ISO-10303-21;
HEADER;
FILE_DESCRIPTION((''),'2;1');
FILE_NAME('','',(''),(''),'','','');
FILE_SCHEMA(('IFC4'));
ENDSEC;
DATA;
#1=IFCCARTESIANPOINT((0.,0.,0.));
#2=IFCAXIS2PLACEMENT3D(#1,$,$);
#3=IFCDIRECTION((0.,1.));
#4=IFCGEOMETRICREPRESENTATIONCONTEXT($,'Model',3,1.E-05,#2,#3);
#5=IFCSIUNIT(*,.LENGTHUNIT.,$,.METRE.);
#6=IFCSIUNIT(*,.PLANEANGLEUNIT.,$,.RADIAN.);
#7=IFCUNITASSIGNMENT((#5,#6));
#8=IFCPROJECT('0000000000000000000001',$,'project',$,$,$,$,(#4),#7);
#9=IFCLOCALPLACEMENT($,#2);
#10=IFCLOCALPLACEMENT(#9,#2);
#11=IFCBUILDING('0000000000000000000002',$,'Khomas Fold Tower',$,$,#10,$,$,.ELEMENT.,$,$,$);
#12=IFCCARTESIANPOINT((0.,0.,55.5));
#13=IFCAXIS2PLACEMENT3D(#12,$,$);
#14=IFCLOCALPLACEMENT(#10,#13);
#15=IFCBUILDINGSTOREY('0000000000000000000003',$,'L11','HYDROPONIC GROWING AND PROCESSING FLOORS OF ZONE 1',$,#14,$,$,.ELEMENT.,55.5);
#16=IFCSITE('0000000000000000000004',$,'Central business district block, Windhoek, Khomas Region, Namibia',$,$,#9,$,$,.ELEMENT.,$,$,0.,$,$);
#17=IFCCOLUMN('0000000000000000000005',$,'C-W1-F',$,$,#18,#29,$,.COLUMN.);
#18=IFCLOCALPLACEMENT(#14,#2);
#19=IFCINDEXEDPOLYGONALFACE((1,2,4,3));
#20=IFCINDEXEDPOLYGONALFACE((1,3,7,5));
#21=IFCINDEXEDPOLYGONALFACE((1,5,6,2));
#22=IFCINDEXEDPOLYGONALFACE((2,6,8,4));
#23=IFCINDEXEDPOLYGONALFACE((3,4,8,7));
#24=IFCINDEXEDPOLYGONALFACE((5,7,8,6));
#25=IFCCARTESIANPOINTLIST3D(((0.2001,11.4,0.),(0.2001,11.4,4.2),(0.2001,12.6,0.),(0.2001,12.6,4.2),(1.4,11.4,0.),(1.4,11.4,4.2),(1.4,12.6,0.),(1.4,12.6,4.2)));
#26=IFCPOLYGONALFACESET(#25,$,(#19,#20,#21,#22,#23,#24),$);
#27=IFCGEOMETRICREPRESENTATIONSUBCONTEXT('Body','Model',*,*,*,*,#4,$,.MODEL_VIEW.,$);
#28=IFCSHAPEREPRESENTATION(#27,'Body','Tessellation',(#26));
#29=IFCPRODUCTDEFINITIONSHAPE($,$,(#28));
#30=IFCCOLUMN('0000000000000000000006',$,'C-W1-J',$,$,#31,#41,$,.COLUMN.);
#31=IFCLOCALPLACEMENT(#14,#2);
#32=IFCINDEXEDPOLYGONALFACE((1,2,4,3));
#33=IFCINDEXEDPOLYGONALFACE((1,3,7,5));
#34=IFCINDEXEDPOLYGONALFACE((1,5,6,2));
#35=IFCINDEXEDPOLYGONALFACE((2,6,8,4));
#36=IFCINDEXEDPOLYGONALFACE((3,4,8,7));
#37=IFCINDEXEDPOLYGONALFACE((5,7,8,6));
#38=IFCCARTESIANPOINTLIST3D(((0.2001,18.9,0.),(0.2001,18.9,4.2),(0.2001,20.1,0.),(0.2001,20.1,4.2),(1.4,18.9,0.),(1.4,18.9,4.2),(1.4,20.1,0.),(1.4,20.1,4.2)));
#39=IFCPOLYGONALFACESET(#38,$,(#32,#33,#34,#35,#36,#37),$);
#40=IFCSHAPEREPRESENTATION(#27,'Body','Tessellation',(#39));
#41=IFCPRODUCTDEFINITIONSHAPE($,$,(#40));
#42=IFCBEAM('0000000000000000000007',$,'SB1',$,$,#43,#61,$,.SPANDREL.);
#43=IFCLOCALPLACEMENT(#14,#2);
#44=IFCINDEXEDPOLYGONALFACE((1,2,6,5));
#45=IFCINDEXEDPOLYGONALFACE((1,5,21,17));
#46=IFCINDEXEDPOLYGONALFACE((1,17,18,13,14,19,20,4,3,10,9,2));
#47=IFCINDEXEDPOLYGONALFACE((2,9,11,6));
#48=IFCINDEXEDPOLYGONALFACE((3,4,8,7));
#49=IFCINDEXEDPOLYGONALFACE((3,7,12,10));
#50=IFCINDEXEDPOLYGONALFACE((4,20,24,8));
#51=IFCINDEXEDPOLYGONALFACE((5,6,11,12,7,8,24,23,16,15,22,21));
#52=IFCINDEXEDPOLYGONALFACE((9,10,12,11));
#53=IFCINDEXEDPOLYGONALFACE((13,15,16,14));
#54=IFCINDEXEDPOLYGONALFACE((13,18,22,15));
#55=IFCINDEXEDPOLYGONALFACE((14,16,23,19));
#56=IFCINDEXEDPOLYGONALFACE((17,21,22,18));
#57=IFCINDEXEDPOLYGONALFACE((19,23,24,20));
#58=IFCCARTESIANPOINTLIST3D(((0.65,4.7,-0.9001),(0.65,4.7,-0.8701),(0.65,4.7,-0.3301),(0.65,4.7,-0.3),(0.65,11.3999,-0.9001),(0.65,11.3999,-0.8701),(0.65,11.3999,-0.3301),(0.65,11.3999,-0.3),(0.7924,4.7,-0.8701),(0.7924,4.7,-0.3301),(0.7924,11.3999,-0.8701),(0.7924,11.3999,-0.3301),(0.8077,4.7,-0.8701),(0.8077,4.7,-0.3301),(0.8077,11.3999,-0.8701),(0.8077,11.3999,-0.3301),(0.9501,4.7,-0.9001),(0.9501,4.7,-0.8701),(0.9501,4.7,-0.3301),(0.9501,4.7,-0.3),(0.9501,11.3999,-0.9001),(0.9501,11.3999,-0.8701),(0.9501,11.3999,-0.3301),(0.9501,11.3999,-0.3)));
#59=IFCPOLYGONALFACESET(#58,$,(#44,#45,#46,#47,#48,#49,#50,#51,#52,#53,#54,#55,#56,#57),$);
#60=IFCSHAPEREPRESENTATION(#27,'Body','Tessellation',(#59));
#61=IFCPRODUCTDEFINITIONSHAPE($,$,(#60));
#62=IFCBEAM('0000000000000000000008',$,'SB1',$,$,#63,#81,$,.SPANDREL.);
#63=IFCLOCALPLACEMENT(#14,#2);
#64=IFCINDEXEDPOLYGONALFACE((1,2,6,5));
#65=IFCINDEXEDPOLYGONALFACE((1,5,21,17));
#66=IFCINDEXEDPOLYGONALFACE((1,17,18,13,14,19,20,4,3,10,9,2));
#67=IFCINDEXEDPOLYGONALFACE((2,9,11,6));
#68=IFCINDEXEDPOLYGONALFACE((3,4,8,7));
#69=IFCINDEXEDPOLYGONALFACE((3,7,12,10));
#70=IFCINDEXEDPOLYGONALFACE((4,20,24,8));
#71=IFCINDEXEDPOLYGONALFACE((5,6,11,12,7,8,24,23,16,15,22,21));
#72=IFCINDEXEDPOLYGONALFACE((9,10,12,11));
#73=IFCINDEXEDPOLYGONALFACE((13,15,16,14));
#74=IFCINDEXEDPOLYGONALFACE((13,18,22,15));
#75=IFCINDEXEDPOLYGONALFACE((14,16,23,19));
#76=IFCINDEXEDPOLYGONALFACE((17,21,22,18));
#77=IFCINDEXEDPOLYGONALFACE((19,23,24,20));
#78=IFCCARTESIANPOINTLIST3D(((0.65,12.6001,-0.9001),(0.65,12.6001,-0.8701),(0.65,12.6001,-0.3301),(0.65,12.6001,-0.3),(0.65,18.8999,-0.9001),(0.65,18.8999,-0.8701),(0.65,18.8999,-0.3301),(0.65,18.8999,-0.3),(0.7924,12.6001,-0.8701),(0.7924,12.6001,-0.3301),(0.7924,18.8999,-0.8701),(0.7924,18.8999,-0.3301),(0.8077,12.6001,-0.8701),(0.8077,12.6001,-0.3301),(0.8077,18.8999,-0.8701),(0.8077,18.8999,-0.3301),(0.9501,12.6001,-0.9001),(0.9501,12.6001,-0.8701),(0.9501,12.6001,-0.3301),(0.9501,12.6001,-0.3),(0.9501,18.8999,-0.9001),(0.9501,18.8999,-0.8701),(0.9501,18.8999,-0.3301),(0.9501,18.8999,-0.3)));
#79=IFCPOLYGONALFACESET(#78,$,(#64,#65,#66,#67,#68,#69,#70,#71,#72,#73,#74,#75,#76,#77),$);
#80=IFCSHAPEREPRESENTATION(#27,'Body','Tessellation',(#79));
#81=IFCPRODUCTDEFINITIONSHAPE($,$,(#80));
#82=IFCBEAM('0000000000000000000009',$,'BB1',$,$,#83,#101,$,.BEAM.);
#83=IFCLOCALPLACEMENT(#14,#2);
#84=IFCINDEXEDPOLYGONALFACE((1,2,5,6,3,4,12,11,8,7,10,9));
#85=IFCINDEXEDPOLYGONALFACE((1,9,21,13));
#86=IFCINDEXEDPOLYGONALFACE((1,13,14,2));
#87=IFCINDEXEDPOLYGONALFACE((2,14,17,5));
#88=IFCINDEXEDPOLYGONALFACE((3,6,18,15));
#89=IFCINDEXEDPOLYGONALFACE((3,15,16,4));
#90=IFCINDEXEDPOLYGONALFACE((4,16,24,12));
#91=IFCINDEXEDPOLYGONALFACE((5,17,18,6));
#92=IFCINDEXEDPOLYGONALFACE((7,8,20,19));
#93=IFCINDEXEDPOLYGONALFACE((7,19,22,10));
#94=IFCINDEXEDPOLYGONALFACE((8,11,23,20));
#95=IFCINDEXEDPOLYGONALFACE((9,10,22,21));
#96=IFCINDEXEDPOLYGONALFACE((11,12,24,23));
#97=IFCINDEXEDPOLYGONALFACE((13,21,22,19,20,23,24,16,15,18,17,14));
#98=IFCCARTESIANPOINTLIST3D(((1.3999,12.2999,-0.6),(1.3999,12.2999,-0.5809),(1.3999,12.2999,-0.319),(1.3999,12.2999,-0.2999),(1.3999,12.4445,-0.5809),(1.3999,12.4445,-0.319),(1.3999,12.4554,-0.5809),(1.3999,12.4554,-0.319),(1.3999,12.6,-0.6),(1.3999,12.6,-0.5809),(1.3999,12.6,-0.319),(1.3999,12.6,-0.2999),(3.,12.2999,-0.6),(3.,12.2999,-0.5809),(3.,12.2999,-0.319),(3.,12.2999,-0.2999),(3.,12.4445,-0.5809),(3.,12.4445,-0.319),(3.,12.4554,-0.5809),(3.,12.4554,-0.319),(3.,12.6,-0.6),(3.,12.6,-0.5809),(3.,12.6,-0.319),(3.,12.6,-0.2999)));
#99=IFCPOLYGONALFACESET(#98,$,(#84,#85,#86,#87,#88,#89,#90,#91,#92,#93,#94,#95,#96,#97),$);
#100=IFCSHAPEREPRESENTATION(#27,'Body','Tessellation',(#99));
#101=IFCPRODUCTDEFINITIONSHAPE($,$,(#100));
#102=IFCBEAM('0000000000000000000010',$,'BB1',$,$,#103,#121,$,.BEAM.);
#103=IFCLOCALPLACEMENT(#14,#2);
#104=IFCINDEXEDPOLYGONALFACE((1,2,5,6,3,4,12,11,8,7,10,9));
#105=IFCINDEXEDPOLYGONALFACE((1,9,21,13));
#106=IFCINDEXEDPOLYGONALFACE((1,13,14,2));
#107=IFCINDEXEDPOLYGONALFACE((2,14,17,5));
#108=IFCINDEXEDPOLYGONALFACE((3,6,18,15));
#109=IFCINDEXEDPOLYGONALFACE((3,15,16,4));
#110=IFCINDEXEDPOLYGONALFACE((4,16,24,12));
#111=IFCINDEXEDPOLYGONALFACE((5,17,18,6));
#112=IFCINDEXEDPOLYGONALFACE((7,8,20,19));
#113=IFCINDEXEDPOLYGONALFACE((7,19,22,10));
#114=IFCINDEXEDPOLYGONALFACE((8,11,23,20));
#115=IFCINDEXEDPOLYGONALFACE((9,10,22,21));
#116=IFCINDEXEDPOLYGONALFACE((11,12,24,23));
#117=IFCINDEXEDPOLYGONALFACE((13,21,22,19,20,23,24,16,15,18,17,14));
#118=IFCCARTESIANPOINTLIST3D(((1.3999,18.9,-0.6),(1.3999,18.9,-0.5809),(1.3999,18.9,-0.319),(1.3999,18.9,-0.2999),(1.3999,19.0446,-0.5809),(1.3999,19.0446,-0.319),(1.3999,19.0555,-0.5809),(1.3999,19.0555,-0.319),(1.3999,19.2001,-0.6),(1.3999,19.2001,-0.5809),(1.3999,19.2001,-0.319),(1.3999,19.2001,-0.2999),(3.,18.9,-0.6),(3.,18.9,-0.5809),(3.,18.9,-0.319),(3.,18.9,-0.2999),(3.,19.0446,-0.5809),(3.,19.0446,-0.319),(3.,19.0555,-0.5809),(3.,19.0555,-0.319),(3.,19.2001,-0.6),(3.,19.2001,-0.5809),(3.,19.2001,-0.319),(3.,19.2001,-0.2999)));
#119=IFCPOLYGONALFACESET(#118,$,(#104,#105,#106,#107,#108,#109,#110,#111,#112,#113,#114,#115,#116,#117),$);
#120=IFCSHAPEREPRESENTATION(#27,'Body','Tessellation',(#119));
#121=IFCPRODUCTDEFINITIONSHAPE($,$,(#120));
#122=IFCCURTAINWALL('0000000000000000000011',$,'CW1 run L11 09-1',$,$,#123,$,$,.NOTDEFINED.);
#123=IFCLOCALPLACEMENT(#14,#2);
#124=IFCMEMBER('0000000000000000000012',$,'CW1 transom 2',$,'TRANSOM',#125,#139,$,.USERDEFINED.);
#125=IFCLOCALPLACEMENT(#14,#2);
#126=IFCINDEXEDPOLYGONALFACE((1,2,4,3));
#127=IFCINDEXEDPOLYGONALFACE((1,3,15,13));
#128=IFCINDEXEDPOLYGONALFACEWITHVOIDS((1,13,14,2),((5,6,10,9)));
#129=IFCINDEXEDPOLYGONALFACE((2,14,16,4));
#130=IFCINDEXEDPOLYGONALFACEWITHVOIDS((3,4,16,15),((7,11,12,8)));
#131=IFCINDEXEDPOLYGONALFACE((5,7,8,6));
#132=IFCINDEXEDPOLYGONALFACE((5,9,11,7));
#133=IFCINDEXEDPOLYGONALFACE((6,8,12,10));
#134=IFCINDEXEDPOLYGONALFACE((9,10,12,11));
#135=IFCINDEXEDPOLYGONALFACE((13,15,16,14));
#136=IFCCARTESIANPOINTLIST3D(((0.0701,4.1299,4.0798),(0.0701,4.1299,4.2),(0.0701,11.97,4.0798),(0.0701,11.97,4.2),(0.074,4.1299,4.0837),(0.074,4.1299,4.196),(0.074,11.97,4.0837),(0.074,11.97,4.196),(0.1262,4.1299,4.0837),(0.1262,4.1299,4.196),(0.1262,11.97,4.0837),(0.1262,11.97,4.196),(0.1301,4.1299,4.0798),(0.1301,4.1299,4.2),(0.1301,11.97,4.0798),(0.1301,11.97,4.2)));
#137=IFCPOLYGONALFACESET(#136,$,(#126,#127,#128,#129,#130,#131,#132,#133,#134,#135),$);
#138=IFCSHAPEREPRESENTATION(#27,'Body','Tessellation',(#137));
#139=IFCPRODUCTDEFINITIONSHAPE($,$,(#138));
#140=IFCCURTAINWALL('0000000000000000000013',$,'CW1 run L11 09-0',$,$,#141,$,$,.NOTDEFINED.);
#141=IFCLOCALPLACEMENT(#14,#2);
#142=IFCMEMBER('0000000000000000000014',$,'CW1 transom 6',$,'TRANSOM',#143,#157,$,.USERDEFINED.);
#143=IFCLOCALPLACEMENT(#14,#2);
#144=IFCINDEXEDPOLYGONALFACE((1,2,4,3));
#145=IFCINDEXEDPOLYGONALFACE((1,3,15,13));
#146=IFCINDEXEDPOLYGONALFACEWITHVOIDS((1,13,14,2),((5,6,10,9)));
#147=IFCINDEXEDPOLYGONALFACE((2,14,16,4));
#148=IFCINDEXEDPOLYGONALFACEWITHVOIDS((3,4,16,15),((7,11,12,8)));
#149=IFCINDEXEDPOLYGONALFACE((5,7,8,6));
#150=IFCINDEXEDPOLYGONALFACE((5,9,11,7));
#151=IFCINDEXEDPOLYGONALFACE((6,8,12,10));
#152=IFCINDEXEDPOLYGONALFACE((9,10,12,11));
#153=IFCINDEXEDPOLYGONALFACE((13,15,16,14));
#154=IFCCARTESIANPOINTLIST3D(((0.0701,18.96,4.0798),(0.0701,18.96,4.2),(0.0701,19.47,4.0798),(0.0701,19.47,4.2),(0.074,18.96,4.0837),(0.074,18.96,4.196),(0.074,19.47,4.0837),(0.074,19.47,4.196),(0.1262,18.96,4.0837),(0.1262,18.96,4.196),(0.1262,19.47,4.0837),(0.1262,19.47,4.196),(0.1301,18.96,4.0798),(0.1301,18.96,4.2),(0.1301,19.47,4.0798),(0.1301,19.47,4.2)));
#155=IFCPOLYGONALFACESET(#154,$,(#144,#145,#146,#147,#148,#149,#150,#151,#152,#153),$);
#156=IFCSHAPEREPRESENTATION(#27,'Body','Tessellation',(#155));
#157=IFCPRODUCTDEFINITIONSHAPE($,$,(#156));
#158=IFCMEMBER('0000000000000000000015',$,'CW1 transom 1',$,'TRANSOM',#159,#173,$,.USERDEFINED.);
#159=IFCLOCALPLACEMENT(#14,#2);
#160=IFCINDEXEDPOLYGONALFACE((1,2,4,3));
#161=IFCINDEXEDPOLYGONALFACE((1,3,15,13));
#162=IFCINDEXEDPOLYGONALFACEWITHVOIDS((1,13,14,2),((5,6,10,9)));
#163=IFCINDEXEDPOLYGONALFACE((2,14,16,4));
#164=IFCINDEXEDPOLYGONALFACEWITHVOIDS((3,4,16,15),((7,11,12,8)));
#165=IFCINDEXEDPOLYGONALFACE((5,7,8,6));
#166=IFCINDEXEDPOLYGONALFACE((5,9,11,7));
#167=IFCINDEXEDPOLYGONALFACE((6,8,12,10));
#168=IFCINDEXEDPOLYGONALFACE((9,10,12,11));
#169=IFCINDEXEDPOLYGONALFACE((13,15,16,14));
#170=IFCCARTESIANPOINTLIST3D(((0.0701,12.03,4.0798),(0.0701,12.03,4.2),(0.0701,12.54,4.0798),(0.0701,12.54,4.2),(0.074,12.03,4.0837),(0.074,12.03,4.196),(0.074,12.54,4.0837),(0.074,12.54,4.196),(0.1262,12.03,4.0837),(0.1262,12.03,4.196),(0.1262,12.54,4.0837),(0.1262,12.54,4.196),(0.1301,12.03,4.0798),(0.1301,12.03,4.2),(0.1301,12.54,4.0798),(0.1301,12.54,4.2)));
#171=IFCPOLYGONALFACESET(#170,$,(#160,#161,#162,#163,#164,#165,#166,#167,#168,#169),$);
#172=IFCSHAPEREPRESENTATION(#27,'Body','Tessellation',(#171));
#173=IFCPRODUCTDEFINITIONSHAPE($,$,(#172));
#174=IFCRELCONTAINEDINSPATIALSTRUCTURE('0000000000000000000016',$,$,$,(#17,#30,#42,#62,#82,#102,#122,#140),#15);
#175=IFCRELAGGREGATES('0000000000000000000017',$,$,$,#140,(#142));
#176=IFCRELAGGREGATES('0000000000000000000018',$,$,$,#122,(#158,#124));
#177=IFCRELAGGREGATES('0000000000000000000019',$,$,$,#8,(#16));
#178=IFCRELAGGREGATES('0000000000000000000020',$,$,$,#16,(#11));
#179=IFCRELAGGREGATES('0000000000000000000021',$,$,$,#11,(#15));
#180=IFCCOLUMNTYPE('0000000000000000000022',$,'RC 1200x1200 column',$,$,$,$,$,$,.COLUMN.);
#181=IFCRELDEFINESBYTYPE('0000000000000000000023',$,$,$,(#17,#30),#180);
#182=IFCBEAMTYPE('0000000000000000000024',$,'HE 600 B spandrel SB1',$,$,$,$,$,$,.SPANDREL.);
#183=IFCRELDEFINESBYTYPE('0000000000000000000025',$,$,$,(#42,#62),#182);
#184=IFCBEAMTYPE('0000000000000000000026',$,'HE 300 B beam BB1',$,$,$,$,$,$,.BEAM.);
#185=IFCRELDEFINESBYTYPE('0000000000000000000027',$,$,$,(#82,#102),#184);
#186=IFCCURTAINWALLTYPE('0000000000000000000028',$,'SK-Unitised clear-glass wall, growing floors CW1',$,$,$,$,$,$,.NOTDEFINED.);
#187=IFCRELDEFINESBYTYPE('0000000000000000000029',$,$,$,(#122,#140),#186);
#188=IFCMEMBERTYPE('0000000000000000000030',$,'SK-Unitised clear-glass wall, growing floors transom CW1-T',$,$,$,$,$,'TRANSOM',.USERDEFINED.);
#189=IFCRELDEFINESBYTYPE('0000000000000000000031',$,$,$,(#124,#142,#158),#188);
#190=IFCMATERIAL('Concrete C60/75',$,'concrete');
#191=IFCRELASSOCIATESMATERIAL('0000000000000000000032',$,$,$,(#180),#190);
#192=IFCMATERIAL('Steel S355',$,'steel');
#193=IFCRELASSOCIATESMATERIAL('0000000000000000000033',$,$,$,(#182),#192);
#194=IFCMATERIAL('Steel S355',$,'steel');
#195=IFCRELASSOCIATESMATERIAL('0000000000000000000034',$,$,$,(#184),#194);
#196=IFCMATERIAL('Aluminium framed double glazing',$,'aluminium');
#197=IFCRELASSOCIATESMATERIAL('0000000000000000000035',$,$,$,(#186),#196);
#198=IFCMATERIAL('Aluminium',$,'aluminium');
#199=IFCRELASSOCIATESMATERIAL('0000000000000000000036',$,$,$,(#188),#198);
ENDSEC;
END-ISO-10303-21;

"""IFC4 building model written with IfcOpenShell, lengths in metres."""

from ifc_helpers import new_model, si_unit, direction, frame, origin, origin_2d, place, context, subcontext, project, spatial, rectangle, hollow_rectangle, i_section, extrude, source, transform, mapped, material, material_profile, profile_set, type_object, element, aggregate, save


model = new_model("IFC4")

# Units and contexts
model_context = context("Model", 3, precision=1e-05, world=origin(), true_north=direction((0.0, 1.0)))
body_context = subcontext(model_context, "Body", "Model", "MODEL_VIEW")
ifc_project = project(units=[si_unit("LENGTHUNIT", "METRE"), si_unit("PLANEANGLEUNIT", "RADIAN")], contexts=[model_context])

# Site, building, storey
site_placement = place(None, origin())
site = spatial("IfcSite", under=ifc_project, at=site_placement, Name="Central business district block, Windhoek, Khomas Region, Namibia", CompositionType="ELEMENT", RefElevation=0.0)
building_placement = place(site_placement, origin())
building = spatial("IfcBuilding", under=site, at=building_placement, Name="Khomas Fold Tower", CompositionType="ELEMENT")
storey_placement = place(building_placement, frame((0.0, 0.0, 55.5)))
storey = spatial("IfcBuildingStorey", under=building, at=storey_placement, Name="L11", Description="HYDROPONIC GROWING AND PROCESSING FLOORS OF ZONE 1", CompositionType="ELEMENT", Elevation=55.5)

# Columns
ifc_material_1 = material(Name="Concrete C60/75", Category="concrete")
ifc_material_profile_1 = material_profile(ifc_material_1, rectangle(XDim=1.2, YDim=1.2, at=origin_2d()), Name="RC 1200x1200")
ifc_profile_set_1 = profile_set([ifc_material_profile_1], Name="Concrete C60/75")
column_type = type_object("IfcColumnType", Name="RC 1200x1200 column", PredefinedType="COLUMN", material=ifc_profile_set_1)
shared_shape_1 = source(origin(), body_context, "Body", "SweptSolid", [
    extrude(rectangle(XDim=1.2, YDim=1.2, at=origin_2d()), origin(), (0.0, 0.0, 1.0), 4.2),
])
for number, where, z_axis, x_axis, name in (
    (1, (0.8, 12.0, 0.0), (0.0, 0.0, 1.0), (1.0, 0.0, 0.0), "C-W1-F"),
    (2, (0.8, 19.5, 0.0), (0.0, 0.0, 1.0), (1.0, 0.0, 0.0), "C-W1-J"),
):
    element("IfcColumn", number, at=place(storey_placement, frame(where, z_axis=z_axis, x_axis=x_axis)), inside=storey, type_object=column_type, Name=name, PredefinedType="COLUMN", context=body_context, shape_type="MappedRepresentation", body=[
        mapped(shared_shape_1, transform((0.0, 0.0, 0.0))),
    ])

# Beams
ifc_material_2 = material(Name="Steel S355", Category="steel")
ifc_material_profile_2 = material_profile(ifc_material_2, i_section(OverallWidth=0.3, OverallDepth=0.6001, WebThickness=0.0154, FlangeThickness=0.03, at=origin_2d()), Name="HE 600 B")
ifc_profile_set_2 = profile_set([ifc_material_profile_2], Name="Steel S355")
beam_type_1 = type_object("IfcBeamType", Name="HE 600 B spandrel SB1", PredefinedType="SPANDREL", material=ifc_profile_set_2)
shared_shape_2 = source(origin(), body_context, "Body", "SweptSolid", [
    extrude(i_section(OverallWidth=0.3, OverallDepth=0.6001, WebThickness=0.0154, FlangeThickness=0.03, at=origin_2d()), origin(), (0.0, 0.0, 1.0), 6.7),
])
beam_1_placement = place(storey_placement, frame((0.8, 4.7, -0.6001), z_axis=(0.0, 1.0, 0.0), x_axis=(-1.0, 0.0, 0.0)))
element("IfcBeam", 3, at=beam_1_placement, inside=storey, type_object=beam_type_1, Name="SB1", PredefinedType="SPANDREL", context=body_context, shape_type="MappedRepresentation", body=[
    mapped(shared_shape_2, transform((0.0, 0.0, 0.0))),
])
shared_shape_3 = source(origin(), body_context, "Body", "SweptSolid", [
    extrude(i_section(OverallWidth=0.3, OverallDepth=0.6001, WebThickness=0.0154, FlangeThickness=0.03, at=origin_2d()), origin(), (0.0, 0.0, 1.0), 6.2998),
])
beam_2_placement = place(storey_placement, frame((0.8, 12.6001, -0.6001), z_axis=(0.0, 1.0, 0.0), x_axis=(-1.0, 0.0, 0.0)))
element("IfcBeam", 4, at=beam_2_placement, inside=storey, type_object=beam_type_1, Name="SB1", PredefinedType="SPANDREL", context=body_context, shape_type="MappedRepresentation", body=[
    mapped(shared_shape_3, transform((0.0, 0.0, 0.0))),
])
ifc_material_3 = material(Name="Steel S355", Category="steel")
ifc_material_profile_3 = material_profile(ifc_material_3, i_section(OverallWidth=0.3, OverallDepth=0.3, WebThickness=0.011, FlangeThickness=0.019, at=origin_2d()), Name="HE 300 B")
ifc_profile_set_3 = profile_set([ifc_material_profile_3], Name="Steel S355")
beam_type_2 = type_object("IfcBeamType", Name="HE 300 B beam BB1", PredefinedType="BEAM", material=ifc_profile_set_3)
shared_shape_4 = source(origin(), body_context, "Body", "SweptSolid", [
    extrude(i_section(OverallWidth=0.3, OverallDepth=0.3, WebThickness=0.011, FlangeThickness=0.019, at=origin_2d()), origin(), (0.0, 0.0, 1.0), 1.6001),
])
for number, where, z_axis, x_axis, name in (
    (5, (1.3999, 12.45, -0.45), (1.0, 0.0, 0.0), (0.0, 1.0, 0.0), "BB1"),
    (6, (1.3999, 19.05, -0.45), (1.0, 0.0, 0.0), (0.0, 1.0, 0.0), "BB1"),
):
    element("IfcBeam", number, at=place(storey_placement, frame(where, z_axis=z_axis, x_axis=x_axis)), inside=storey, type_object=beam_type_2, Name=name, PredefinedType="BEAM", context=body_context, shape_type="MappedRepresentation", body=[
        mapped(shared_shape_4, transform((0.0, 0.0, 0.0))),
    ])

# Curtain walls, members
ifc_material_4 = material(Name="Aluminium framed double glazing", Category="aluminium")
curtain_wall_type = type_object("IfcCurtainWallType", Name="SK-Unitised clear-glass wall, growing floors CW1", PredefinedType="NOTDEFINED", material=ifc_material_4)
curtain_wall_1_placement = place(storey_placement, origin())
curtain_wall_1 = element("IfcCurtainWall", 7, at=curtain_wall_1_placement, inside=storey, type_object=curtain_wall_type, Name="CW1 run L11 09-1", PredefinedType="NOTDEFINED")
ifc_material_5 = material(Name="Aluminium", Category="aluminium")
ifc_material_profile_4 = material_profile(ifc_material_5, hollow_rectangle(XDim=0.0601, YDim=0.1201, WallThickness=0.0039, at=origin_2d()), Name="SK-Unitised clear-glass wall, growing floors transom CW1-T")
ifc_profile_set_4 = profile_set([ifc_material_profile_4], Name="Aluminium")
member_type_1 = type_object("IfcMemberType", Name="SK-Unitised clear-glass wall, growing floors transom CW1-T", ElementType="TRANSOM", PredefinedType="USERDEFINED", material=ifc_profile_set_4)
shared_shape_5 = source(origin(), body_context, "Body", "SweptSolid", [
    extrude(hollow_rectangle(XDim=0.0601, YDim=0.1201, WallThickness=0.0039, at=origin_2d()), origin(), (0.0, 0.0, 1.0), 7.8401),
])
member_1_placement = place(storey_placement, frame((0.1001, 11.97, 4.1399), z_axis=(0.0, -1.0, 0.0), x_axis=(1.0, 0.0, 0.0)))
member_1 = element("IfcMember", 8, at=member_1_placement, type_object=member_type_1, Name="CW1 transom 2", ObjectType="TRANSOM", PredefinedType="USERDEFINED", context=body_context, shape_type="MappedRepresentation", body=[
    mapped(shared_shape_5, transform((0.0, 0.0, 0.0))),
])
curtain_wall_2_placement = place(storey_placement, origin())
curtain_wall_2 = element("IfcCurtainWall", 9, at=curtain_wall_2_placement, inside=storey, type_object=curtain_wall_type, Name="CW1 run L11 09-0", PredefinedType="NOTDEFINED")
shared_shape_6 = source(origin(), body_context, "Body", "SweptSolid", [
    extrude(hollow_rectangle(XDim=0.0601, YDim=0.1201, WallThickness=0.0039, at=origin_2d()), origin(), (0.0, 0.0, 1.0), 0.51),
])
member_2_placement = place(storey_placement, frame((0.1001, 19.47, 4.1399), z_axis=(0.0, -1.0, 0.0), x_axis=(1.0, 0.0, 0.0)))
member_2 = element("IfcMember", 10, at=member_2_placement, type_object=member_type_1, Name="CW1 transom 6", ObjectType="TRANSOM", PredefinedType="USERDEFINED", context=body_context, shape_type="MappedRepresentation", body=[
    mapped(shared_shape_6, transform((0.0, 0.0, 0.0))),
])

# Member
member_3_placement = place(storey_placement, frame((0.1001, 12.54, 4.1399), z_axis=(0.0, -1.0, 0.0), x_axis=(1.0, 0.0, 0.0)))
member_3 = element("IfcMember", 11, at=member_3_placement, type_object=member_type_1, Name="CW1 transom 1", ObjectType="TRANSOM", PredefinedType="USERDEFINED", context=body_context, shape_type="MappedRepresentation", body=[
    mapped(shared_shape_6, transform((0.0, 0.0, 0.0))),
])

aggregate(curtain_wall_2, [member_2])
aggregate(curtain_wall_1, [member_3, member_1])

save(model, "model.ifc")
